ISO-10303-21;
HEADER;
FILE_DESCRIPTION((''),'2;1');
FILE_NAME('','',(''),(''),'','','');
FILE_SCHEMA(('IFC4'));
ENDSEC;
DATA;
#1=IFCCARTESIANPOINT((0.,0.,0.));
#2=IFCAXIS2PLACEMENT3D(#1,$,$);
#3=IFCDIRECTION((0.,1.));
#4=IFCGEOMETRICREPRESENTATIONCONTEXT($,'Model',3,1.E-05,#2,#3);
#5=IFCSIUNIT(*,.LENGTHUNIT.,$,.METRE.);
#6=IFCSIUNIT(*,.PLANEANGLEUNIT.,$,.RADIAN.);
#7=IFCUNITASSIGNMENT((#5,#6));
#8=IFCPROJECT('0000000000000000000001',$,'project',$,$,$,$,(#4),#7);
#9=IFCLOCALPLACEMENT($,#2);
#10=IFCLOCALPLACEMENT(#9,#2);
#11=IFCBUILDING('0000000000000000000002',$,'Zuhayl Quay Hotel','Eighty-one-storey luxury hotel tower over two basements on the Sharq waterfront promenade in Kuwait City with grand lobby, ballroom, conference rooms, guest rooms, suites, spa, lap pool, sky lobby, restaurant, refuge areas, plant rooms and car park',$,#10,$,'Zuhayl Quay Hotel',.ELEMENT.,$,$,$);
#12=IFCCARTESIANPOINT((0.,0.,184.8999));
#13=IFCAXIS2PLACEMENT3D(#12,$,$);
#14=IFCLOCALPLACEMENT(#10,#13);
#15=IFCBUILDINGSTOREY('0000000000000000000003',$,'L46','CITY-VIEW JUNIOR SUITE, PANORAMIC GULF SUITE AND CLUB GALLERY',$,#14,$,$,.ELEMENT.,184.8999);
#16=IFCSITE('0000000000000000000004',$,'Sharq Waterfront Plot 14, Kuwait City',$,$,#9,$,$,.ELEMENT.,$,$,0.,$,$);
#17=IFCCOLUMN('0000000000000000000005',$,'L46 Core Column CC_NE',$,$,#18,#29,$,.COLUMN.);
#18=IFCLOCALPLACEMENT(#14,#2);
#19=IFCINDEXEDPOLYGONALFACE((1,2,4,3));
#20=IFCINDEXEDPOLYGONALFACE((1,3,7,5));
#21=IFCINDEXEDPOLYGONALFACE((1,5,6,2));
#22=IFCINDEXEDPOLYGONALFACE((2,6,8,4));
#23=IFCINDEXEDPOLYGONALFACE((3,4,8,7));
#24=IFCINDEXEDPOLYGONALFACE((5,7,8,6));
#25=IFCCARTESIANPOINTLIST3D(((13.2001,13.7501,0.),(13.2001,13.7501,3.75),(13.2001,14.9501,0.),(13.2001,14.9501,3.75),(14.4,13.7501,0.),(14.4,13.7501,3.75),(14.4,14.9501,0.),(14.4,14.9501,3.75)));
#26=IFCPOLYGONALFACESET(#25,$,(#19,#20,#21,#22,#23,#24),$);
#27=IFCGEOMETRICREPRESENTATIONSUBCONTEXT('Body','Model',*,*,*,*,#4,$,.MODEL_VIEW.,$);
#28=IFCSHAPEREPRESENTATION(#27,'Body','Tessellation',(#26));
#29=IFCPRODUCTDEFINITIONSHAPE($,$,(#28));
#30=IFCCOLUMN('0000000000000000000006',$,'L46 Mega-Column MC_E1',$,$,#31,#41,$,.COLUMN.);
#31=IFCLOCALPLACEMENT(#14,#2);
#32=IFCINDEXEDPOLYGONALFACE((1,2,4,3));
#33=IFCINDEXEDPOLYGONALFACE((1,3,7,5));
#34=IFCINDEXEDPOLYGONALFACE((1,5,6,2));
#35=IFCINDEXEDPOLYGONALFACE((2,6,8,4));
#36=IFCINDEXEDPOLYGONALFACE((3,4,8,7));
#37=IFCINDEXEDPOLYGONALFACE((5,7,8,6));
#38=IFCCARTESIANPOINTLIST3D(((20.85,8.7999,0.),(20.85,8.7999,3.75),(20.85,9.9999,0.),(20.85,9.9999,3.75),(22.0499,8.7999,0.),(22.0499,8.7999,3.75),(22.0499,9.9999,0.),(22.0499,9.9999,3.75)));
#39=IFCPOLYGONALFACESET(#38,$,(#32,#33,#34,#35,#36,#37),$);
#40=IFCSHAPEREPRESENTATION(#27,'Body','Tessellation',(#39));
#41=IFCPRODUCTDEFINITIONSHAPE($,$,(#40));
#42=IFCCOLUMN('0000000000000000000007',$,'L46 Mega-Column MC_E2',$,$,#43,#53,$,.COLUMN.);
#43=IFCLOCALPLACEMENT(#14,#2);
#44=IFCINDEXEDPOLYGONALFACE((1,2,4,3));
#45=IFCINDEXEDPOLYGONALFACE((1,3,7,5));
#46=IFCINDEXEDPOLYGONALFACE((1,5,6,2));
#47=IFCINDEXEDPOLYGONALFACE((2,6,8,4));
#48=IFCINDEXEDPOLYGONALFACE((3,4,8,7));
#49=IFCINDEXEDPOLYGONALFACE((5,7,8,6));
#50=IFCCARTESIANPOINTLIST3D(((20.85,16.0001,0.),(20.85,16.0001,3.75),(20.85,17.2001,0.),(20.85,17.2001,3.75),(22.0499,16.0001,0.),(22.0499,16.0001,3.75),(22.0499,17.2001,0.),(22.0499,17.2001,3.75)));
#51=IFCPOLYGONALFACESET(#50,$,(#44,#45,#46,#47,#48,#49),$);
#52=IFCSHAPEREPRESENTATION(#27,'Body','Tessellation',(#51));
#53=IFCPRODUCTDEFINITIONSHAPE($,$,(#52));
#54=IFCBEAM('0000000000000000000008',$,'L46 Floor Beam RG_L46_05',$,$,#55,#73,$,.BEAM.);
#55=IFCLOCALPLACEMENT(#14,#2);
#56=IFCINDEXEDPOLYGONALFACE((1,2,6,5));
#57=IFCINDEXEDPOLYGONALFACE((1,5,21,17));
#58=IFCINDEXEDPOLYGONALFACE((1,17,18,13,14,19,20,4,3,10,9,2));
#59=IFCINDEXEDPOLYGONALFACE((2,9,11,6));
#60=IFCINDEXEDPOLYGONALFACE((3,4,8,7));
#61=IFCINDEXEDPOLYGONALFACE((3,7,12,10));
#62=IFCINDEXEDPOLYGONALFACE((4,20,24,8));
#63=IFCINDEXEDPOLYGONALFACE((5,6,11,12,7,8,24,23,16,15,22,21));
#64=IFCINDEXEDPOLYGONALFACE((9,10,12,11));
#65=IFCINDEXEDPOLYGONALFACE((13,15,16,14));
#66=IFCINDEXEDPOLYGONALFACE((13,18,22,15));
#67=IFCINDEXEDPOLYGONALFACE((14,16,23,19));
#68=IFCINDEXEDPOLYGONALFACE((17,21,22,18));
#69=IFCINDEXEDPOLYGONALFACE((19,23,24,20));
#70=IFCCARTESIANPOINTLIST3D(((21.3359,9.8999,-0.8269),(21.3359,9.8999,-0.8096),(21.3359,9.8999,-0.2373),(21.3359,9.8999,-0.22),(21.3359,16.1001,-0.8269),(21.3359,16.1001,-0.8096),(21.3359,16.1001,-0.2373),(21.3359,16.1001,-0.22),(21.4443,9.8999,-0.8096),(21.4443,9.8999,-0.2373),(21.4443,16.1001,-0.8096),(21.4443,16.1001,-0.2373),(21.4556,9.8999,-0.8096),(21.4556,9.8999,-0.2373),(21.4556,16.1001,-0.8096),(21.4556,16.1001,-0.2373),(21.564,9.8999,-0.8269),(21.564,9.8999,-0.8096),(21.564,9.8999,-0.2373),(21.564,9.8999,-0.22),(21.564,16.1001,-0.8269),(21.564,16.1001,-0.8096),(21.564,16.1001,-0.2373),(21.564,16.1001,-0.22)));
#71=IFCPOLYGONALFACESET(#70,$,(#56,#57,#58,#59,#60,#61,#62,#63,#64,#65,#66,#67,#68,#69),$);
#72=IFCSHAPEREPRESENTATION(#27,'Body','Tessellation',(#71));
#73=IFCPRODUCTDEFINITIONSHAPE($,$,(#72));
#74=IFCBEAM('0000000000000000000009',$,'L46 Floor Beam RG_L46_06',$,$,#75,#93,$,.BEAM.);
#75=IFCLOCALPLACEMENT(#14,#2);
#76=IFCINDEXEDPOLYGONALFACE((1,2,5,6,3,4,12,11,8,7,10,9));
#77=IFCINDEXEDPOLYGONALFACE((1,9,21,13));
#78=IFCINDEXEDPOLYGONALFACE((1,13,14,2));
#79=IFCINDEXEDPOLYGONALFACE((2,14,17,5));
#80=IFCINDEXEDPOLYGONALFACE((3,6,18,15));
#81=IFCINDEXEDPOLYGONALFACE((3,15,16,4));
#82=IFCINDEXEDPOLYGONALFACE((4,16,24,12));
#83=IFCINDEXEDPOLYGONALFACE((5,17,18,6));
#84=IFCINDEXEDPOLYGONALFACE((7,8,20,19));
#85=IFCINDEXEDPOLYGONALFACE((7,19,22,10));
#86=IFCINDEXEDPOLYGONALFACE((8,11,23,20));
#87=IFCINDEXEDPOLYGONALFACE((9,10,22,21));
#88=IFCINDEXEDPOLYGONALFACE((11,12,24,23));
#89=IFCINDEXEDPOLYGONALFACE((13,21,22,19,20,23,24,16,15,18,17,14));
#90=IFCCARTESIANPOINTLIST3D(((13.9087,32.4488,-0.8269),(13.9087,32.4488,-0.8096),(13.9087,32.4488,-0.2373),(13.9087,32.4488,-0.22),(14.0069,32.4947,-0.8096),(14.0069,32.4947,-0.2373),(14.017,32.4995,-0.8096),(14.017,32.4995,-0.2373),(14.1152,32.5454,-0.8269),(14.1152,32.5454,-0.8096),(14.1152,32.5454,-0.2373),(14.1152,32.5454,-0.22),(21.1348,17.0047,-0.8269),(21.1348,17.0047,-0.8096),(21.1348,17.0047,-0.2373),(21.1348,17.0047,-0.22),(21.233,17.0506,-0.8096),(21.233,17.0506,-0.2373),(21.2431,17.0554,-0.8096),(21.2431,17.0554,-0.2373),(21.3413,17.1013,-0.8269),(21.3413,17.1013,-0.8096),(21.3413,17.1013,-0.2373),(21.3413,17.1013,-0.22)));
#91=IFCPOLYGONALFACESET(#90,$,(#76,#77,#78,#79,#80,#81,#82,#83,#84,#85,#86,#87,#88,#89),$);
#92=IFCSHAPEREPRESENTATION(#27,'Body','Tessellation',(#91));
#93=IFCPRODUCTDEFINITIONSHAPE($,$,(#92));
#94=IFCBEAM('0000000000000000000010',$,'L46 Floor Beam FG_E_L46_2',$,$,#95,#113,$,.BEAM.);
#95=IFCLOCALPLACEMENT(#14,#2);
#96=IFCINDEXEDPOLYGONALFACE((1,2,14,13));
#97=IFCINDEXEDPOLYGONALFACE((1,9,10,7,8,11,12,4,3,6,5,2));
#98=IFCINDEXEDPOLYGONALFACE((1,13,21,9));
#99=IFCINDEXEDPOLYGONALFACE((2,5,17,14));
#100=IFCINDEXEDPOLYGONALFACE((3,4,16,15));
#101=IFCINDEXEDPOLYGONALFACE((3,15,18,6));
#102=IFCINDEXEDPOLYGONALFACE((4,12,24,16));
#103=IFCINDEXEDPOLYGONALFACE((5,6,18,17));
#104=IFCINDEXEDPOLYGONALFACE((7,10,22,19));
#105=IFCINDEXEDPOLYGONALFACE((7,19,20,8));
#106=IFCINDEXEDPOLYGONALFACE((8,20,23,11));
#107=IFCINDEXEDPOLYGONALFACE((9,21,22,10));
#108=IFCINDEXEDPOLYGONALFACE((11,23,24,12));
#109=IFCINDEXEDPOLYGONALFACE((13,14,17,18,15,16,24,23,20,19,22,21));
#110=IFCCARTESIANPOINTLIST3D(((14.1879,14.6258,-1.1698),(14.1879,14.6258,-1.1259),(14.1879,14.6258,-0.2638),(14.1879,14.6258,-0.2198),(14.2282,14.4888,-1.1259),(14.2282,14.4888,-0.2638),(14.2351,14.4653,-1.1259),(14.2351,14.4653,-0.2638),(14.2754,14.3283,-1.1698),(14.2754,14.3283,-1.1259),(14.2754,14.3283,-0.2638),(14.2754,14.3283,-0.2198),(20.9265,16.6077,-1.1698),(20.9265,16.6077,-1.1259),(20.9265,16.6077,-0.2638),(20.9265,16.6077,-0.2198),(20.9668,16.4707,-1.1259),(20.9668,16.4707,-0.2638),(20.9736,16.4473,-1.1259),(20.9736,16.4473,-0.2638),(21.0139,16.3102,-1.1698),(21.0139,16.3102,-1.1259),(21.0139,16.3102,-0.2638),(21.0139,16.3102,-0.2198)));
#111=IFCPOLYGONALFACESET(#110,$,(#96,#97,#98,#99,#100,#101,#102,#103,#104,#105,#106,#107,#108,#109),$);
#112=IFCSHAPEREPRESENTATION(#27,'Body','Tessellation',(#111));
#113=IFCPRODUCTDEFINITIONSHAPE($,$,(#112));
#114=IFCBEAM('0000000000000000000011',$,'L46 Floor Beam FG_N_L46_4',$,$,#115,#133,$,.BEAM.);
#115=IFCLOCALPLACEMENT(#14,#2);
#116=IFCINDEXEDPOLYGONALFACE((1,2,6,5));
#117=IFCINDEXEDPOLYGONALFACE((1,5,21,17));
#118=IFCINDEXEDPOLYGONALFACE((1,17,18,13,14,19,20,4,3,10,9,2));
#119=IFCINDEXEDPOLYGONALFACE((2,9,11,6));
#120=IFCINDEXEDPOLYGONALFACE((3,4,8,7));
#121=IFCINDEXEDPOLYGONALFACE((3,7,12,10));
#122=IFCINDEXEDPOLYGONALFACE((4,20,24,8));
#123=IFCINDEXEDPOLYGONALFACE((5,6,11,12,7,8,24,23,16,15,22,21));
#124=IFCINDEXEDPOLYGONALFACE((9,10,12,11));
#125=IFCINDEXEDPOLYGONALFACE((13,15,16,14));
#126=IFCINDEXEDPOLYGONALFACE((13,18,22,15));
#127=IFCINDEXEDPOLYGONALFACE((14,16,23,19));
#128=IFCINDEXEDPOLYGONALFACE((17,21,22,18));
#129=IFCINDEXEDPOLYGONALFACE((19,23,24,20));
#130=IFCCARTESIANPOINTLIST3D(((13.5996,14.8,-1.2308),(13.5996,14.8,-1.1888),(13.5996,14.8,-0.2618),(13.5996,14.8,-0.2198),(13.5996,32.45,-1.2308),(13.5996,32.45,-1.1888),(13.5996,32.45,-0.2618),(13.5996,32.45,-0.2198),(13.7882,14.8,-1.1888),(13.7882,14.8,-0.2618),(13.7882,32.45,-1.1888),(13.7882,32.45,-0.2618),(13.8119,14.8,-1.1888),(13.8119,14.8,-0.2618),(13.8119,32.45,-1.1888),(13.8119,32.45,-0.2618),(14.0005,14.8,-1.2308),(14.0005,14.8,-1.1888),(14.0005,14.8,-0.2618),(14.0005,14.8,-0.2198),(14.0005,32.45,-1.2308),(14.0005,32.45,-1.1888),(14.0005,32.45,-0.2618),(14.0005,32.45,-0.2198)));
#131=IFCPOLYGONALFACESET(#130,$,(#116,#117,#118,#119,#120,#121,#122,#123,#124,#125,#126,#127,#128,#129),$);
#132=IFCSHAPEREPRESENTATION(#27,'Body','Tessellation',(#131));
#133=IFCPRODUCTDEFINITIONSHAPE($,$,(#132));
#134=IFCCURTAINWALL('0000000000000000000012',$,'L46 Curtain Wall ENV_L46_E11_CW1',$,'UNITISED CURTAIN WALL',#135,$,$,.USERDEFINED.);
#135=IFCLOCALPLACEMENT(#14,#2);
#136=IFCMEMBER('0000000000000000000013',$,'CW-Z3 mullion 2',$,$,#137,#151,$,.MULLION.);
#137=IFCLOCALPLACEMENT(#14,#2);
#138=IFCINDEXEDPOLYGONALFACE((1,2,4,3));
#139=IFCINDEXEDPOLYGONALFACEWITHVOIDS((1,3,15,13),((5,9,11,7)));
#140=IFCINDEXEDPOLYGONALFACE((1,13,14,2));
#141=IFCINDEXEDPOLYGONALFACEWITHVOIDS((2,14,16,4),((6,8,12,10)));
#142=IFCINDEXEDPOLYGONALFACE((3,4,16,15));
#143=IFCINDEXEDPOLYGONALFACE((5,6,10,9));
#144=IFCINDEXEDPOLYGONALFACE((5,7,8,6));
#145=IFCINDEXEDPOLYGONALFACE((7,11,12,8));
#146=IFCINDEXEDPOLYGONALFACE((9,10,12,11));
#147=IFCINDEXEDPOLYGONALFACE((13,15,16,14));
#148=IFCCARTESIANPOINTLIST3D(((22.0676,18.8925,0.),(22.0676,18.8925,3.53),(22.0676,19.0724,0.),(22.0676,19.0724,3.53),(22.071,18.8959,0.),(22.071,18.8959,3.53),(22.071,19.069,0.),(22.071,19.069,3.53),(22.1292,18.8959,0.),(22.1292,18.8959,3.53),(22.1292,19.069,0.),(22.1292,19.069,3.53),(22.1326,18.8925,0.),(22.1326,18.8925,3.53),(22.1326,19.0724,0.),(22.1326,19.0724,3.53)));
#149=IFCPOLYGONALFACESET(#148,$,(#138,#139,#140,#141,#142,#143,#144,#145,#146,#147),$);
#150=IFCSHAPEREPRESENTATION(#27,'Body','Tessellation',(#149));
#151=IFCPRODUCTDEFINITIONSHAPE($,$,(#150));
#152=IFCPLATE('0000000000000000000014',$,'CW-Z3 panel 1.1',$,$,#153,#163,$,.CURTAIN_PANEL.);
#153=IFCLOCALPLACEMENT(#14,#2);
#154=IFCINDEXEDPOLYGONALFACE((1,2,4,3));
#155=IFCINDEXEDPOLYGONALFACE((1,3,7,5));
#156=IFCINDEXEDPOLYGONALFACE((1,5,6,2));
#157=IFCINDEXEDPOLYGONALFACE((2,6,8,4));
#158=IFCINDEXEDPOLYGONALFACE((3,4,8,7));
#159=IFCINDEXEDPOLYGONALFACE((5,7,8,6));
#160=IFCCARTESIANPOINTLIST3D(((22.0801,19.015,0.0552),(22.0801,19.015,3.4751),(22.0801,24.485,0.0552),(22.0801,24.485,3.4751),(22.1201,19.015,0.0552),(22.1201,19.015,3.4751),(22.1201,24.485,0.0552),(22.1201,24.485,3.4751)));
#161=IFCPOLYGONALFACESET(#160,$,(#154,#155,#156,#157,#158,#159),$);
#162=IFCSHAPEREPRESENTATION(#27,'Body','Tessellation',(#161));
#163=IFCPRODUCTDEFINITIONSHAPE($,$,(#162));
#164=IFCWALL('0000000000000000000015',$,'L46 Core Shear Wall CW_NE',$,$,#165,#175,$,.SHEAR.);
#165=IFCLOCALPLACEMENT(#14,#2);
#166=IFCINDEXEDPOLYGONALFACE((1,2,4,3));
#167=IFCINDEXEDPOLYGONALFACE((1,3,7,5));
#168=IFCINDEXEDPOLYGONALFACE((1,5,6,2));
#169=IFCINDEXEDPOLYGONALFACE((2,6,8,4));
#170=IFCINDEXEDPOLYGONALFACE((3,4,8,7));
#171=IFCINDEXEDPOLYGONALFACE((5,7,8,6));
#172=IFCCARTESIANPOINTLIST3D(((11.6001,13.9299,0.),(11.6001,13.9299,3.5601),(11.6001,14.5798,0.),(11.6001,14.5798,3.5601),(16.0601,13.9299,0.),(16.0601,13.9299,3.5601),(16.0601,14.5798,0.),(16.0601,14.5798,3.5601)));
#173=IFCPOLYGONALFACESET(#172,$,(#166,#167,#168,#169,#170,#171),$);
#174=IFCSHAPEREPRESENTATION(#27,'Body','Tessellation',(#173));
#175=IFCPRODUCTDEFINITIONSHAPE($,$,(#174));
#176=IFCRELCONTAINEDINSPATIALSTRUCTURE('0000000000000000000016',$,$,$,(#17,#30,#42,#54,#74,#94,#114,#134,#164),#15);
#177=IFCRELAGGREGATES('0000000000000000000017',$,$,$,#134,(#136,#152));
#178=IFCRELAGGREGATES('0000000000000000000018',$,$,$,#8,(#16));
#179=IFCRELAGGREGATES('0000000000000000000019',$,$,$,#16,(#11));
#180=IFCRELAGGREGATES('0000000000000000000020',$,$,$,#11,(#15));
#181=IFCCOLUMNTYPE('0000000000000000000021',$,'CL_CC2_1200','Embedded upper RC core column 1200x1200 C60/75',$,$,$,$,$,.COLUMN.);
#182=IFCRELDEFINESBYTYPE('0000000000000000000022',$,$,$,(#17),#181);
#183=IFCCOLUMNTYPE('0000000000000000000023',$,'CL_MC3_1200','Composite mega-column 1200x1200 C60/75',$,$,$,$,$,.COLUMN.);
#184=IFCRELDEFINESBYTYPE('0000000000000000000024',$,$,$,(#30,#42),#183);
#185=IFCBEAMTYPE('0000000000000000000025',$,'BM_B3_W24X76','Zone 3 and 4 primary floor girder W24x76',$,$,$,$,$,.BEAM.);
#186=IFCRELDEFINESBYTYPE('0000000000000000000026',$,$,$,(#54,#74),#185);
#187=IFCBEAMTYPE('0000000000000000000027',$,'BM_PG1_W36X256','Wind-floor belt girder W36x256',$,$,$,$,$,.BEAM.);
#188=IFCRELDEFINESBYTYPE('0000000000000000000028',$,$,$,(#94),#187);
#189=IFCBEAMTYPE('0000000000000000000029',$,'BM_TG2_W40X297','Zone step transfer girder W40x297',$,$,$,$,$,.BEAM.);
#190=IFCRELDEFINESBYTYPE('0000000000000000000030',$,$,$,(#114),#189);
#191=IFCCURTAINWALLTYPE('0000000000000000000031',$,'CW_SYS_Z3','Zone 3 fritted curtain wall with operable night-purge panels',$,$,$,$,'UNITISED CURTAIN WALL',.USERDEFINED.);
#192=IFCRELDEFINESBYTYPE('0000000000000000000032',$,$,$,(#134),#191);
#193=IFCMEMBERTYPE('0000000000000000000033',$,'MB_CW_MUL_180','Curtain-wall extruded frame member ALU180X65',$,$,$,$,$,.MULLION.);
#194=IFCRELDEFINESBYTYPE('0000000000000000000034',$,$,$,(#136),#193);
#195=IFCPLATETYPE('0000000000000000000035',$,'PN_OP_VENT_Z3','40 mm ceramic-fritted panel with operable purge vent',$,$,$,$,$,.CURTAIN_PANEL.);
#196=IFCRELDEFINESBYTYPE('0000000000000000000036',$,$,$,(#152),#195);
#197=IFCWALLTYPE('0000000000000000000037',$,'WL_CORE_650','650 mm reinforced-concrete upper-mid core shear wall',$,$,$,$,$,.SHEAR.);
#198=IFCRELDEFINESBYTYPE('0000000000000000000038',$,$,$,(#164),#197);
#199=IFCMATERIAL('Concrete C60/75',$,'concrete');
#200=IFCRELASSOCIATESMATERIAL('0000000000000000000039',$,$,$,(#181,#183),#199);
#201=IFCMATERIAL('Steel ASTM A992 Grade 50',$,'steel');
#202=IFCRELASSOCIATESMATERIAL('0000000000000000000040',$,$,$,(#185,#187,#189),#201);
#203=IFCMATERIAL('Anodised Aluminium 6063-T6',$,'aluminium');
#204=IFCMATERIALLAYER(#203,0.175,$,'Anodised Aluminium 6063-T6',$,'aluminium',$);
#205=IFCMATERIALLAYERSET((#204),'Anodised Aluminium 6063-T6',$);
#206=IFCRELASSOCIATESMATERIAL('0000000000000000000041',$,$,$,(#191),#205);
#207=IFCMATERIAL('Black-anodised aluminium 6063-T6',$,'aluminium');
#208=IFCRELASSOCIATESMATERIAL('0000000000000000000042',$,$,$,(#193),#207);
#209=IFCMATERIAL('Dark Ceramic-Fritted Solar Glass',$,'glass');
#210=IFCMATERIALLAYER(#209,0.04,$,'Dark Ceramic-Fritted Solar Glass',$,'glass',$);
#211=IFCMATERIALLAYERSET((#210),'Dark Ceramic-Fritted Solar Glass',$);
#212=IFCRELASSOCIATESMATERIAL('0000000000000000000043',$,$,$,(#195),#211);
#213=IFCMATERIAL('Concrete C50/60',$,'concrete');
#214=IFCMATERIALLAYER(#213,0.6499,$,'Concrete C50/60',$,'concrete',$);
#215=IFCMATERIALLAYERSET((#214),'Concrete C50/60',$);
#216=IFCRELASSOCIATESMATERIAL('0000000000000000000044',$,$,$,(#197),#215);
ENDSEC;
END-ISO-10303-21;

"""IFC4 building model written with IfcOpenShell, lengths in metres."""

from ifc_helpers import new_model, si_unit, direction, frame, frame_2d, origin, origin_2d, place, context, subcontext, project, spatial, rectangle, hollow_rectangle, i_section, extrude, material, layer, layer_set, material_profile, profile_set, type_object, element, aggregate, save


model = new_model("IFC4")

# Units and contexts
model_context = context("Model", 3, precision=1e-05, world=origin(), true_north=direction((0.0, 1.0)))
body_context = subcontext(model_context, "Body", "Model", "MODEL_VIEW")
ifc_project = project(units=[si_unit("LENGTHUNIT", "METRE"), si_unit("PLANEANGLEUNIT", "RADIAN")], contexts=[model_context])

# Site, building, storey
site_placement = place(None, origin())
site = spatial("IfcSite", under=ifc_project, at=site_placement, Name="Sharq Waterfront Plot 14, Kuwait City", CompositionType="ELEMENT", RefElevation=0.0)
building_placement = place(site_placement, origin())
building = spatial("IfcBuilding", under=site, at=building_placement, Name="Zuhayl Quay Hotel", Description="Eighty-one-storey luxury hotel tower over two basements on the Sharq waterfront promenade in Kuwait City with grand lobby, ballroom, conference rooms, guest rooms, suites, spa, lap pool, sky lobby, restaurant, refuge areas, plant rooms and car park", LongName="Zuhayl Quay Hotel", CompositionType="ELEMENT")
storey_placement = place(building_placement, frame((0.0, 0.0, 184.8999)))
storey = spatial("IfcBuildingStorey", under=building, at=storey_placement, Name="L46", Description="CITY-VIEW JUNIOR SUITE, PANORAMIC GULF SUITE AND CLUB GALLERY", CompositionType="ELEMENT", Elevation=184.8999)

# Columns
ifc_material_1 = material(Name="Concrete C60/75", Category="concrete")
ifc_material_profile_1 = material_profile(ifc_material_1, rectangle(XDim=1.2, YDim=1.2, at=origin_2d()), Name="RC1200X1200")
ifc_profile_set_1 = profile_set([ifc_material_profile_1], Name="Concrete C60/75")
column_type_1 = type_object("IfcColumnType", Name="CL_CC2_1200", Description="Embedded upper RC core column 1200x1200 C60/75", PredefinedType="COLUMN", material=ifc_profile_set_1)
column_placement = place(storey_placement, frame((13.8, 14.3501, 0.0), z_axis=(0.0, 0.0, 1.0), x_axis=(1.0, 0.0, 0.0)))
element("IfcColumn", 1, at=column_placement, inside=storey, type_object=column_type_1, Name="L46 Core Column CC_NE", PredefinedType="COLUMN", context=body_context, shape_type="SweptSolid", body=[
    extrude(rectangle(XDim=1.2, YDim=1.2, at=origin_2d()), origin(), (0.0, 0.0, 1.0), 3.75),
])
ifc_material_profile_2 = material_profile(ifc_material_1, rectangle(XDim=1.2, YDim=1.2, at=origin_2d()), Name="RC1200X1200")
ifc_profile_set_2 = profile_set([ifc_material_profile_2], Name="Concrete C60/75")
column_type_2 = type_object("IfcColumnType", Name="CL_MC3_1200", Description="Composite mega-column 1200x1200 C60/75", PredefinedType="COLUMN", material=ifc_profile_set_2)
for number, where, z_axis, x_axis, name in (
    (2, (21.45, 9.3999, 0.0), (0.0, 0.0, 1.0), (1.0, 0.0, 0.0), "L46 Mega-Column MC_E1"),
    (3, (21.45, 16.6001, 0.0), (0.0, 0.0, 1.0), (1.0, 0.0, 0.0), "L46 Mega-Column MC_E2"),
):
    element("IfcColumn", number, at=place(storey_placement, frame(where, z_axis=z_axis, x_axis=x_axis)), inside=storey, type_object=column_type_2, Name=name, PredefinedType="COLUMN", context=body_context, shape_type="SweptSolid", body=[
        extrude(rectangle(XDim=1.2, YDim=1.2, at=origin_2d()), origin(), (0.0, 0.0, 1.0), 3.75),
    ])

# Beams
ifc_material_2 = material(Name="Steel ASTM A992 Grade 50", Category="steel")
ifc_material_profile_3 = material_profile(ifc_material_2, i_section(OverallWidth=0.228, OverallDepth=0.6069, WebThickness=0.0112, FlangeThickness=0.0173, at=origin_2d()), Name="W24X76")
ifc_profile_set_3 = profile_set([ifc_material_profile_3], Name="Steel ASTM A992 Grade 50")
beam_type_1 = type_object("IfcBeamType", Name="BM_B3_W24X76", Description="Zone 3 and 4 primary floor girder W24x76", PredefinedType="BEAM", material=ifc_profile_set_3)
beam_1_placement = place(storey_placement, frame((21.45, 9.8999, -0.5234), z_axis=(0.0, 1.0, 0.0), x_axis=(-1.0, 0.0, 0.0)))
element("IfcBeam", 4, at=beam_1_placement, inside=storey, type_object=beam_type_1, Name="L46 Floor Beam RG_L46_05", PredefinedType="BEAM", context=body_context, shape_type="SweptSolid", body=[
    extrude(i_section(OverallWidth=0.228, OverallDepth=0.6069, WebThickness=0.0112, FlangeThickness=0.0173, at=origin_2d()), origin(), (0.0, 0.0, 1.0), 6.2002),
])
beam_2_placement = place(storey_placement, frame((21.238, 17.053, -0.5234), z_axis=(-0.423792, 0.905759, 0.0), x_axis=(-0.905759, -0.423792, 0.0)))
element("IfcBeam", 5, at=beam_2_placement, inside=storey, type_object=beam_type_1, Name="L46 Floor Beam RG_L46_06", PredefinedType="BEAM", context=body_context, shape_type="SweptSolid", body=[
    extrude(i_section(OverallWidth=0.228, OverallDepth=0.6069, WebThickness=0.0112, FlangeThickness=0.0173, at=origin_2d()), origin(), (0.0, 0.0, 1.0), 17.051),
])
ifc_material_profile_4 = material_profile(ifc_material_2, i_section(OverallWidth=0.3101, OverallDepth=0.95, WebThickness=0.0244, FlangeThickness=0.0439, at=origin_2d()), Name="W36X256")
ifc_profile_set_4 = profile_set([ifc_material_profile_4], Name="Steel ASTM A992 Grade 50")
beam_type_2 = type_object("IfcBeamType", Name="BM_PG1_W36X256", Description="Wind-floor belt girder W36x256", PredefinedType="BEAM", material=ifc_profile_set_4)
beam_3_placement = place(storey_placement, frame((14.2317, 14.4771, -0.6948), z_axis=(0.959365, 0.282168, 0.0), x_axis=(-0.282168, 0.959365, 0.0)))
element("IfcBeam", 6, at=beam_3_placement, inside=storey, type_object=beam_type_2, Name="L46 Floor Beam FG_E_L46_2", PredefinedType="BEAM", context=body_context, shape_type="SweptSolid", body=[
    extrude(i_section(OverallWidth=0.3101, OverallDepth=0.95, WebThickness=0.0244, FlangeThickness=0.0439, at=origin_2d()), origin(), (0.0, 0.0, 1.0), 7.0239),
])
ifc_material_profile_5 = material_profile(ifc_material_2, i_section(OverallWidth=0.4009, OverallDepth=1.011, WebThickness=0.0237, FlangeThickness=0.042, at=origin_2d()), Name="W40X297")
ifc_profile_set_5 = profile_set([ifc_material_profile_5], Name="Steel ASTM A992 Grade 50")
beam_type_3 = type_object("IfcBeamType", Name="BM_TG2_W40X297", Description="Zone step transfer girder W40x297", PredefinedType="BEAM", material=ifc_profile_set_5)
beam_4_placement = place(storey_placement, frame((13.8, 14.8, -0.7253), z_axis=(0.0, 1.0, 0.0), x_axis=(-1.0, 0.0, 0.0)))
element("IfcBeam", 7, at=beam_4_placement, inside=storey, type_object=beam_type_3, Name="L46 Floor Beam FG_N_L46_4", PredefinedType="BEAM", context=body_context, shape_type="SweptSolid", body=[
    extrude(i_section(OverallWidth=0.4009, OverallDepth=1.011, WebThickness=0.0237, FlangeThickness=0.042, at=origin_2d()), origin(), (0.0, 0.0, 1.0), 17.6499),
])

# Curtain wall, member, plate
ifc_material_3 = material(Name="Anodised Aluminium 6063-T6", Category="aluminium")
ifc_layer_1 = layer(ifc_material_3, 0.175, Name="Anodised Aluminium 6063-T6", Category="aluminium")
ifc_layer_set_1 = layer_set([ifc_layer_1], Name="Anodised Aluminium 6063-T6")
curtain_wall_type = type_object("IfcCurtainWallType", Name="CW_SYS_Z3", Description="Zone 3 fritted curtain wall with operable night-purge panels", ElementType="UNITISED CURTAIN WALL", PredefinedType="USERDEFINED", material=ifc_layer_set_1)
curtain_wall_placement = place(storey_placement, origin())
curtain_wall = element("IfcCurtainWall", 8, at=curtain_wall_placement, inside=storey, type_object=curtain_wall_type, Name="L46 Curtain Wall ENV_L46_E11_CW1", ObjectType="UNITISED CURTAIN WALL", PredefinedType="USERDEFINED")
ifc_material_4 = material(Name="Black-anodised aluminium 6063-T6", Category="aluminium")
ifc_material_profile_6 = material_profile(ifc_material_4, hollow_rectangle(XDim=0.0649, YDim=0.1799, WallThickness=0.0034, at=origin_2d()), Name="ALU180X65")
ifc_profile_set_6 = profile_set([ifc_material_profile_6], Name="Black-anodised aluminium 6063-T6")
member_type = type_object("IfcMemberType", Name="MB_CW_MUL_180", Description="Curtain-wall extruded frame member ALU180X65", PredefinedType="MULLION", material=ifc_profile_set_6)
member_placement = place(storey_placement, frame((22.1001, 18.9824, 0.0), z_axis=(0.0, 0.0, 1.0), x_axis=(1.0, 0.0, 0.0)))
member = element("IfcMember", 9, at=member_placement, type_object=member_type, Name="CW-Z3 mullion 2", PredefinedType="MULLION", context=body_context, shape_type="SweptSolid", body=[
    extrude(hollow_rectangle(XDim=0.0649, YDim=0.1799, WallThickness=0.0034, at=origin_2d()), origin(), (0.0, 0.0, 1.0), 3.53),
])
ifc_material_5 = material(Name="Dark Ceramic-Fritted Solar Glass", Category="glass")
ifc_layer_2 = layer(ifc_material_5, 0.04, Name="Dark Ceramic-Fritted Solar Glass", Category="glass")
ifc_layer_set_2 = layer_set([ifc_layer_2], Name="Dark Ceramic-Fritted Solar Glass")
plate_type = type_object("IfcPlateType", Name="PN_OP_VENT_Z3", Description="40 mm ceramic-fritted panel with operable purge vent", PredefinedType="CURTAIN_PANEL", material=ifc_layer_set_2)
plate_placement = place(storey_placement, frame((22.1001, 21.75, 0.0552), z_axis=(0.0, 0.0, 1.0), x_axis=(0.0, -1.0, 0.0)))
plate = element("IfcPlate", 10, at=plate_placement, type_object=plate_type, Name="CW-Z3 panel 1.1", PredefinedType="CURTAIN_PANEL", context=body_context, shape_type="SweptSolid", body=[
    extrude(rectangle(XDim=5.47, YDim=0.04, at=origin_2d()), origin(), (0.0, 0.0, 1.0), 3.4199),
])
aggregate(curtain_wall, [member, plate])

# Wall
ifc_material_6 = material(Name="Concrete C50/60", Category="concrete")
ifc_layer_3 = layer(ifc_material_6, 0.6499, Name="Concrete C50/60", Category="concrete")
ifc_layer_set_3 = layer_set([ifc_layer_3], Name="Concrete C50/60")
wall_type_1 = type_object("IfcWallType", Name="WL_CORE_650", Description="650 mm reinforced-concrete upper-mid core shear wall", PredefinedType="SHEAR", material=ifc_layer_set_3)
wall_1_placement = place(storey_placement, frame((11.6001, 14.2549, 0.0), z_axis=(0.0, 0.0, 1.0), x_axis=(1.0, 0.0, 0.0)))
element("IfcWall", 11, at=wall_1_placement, inside=storey, type_object=wall_type_1, Name="L46 Core Shear Wall CW_NE", PredefinedType="SHEAR", context=body_context, shape_type="SweptSolid", body=[
    extrude(rectangle(XDim=4.46, YDim=0.6499, at=frame_2d((2.23, 0.0))), origin(), (0.0, 0.0, 1.0), 3.5601),
])

save(model, "model.ifc")
